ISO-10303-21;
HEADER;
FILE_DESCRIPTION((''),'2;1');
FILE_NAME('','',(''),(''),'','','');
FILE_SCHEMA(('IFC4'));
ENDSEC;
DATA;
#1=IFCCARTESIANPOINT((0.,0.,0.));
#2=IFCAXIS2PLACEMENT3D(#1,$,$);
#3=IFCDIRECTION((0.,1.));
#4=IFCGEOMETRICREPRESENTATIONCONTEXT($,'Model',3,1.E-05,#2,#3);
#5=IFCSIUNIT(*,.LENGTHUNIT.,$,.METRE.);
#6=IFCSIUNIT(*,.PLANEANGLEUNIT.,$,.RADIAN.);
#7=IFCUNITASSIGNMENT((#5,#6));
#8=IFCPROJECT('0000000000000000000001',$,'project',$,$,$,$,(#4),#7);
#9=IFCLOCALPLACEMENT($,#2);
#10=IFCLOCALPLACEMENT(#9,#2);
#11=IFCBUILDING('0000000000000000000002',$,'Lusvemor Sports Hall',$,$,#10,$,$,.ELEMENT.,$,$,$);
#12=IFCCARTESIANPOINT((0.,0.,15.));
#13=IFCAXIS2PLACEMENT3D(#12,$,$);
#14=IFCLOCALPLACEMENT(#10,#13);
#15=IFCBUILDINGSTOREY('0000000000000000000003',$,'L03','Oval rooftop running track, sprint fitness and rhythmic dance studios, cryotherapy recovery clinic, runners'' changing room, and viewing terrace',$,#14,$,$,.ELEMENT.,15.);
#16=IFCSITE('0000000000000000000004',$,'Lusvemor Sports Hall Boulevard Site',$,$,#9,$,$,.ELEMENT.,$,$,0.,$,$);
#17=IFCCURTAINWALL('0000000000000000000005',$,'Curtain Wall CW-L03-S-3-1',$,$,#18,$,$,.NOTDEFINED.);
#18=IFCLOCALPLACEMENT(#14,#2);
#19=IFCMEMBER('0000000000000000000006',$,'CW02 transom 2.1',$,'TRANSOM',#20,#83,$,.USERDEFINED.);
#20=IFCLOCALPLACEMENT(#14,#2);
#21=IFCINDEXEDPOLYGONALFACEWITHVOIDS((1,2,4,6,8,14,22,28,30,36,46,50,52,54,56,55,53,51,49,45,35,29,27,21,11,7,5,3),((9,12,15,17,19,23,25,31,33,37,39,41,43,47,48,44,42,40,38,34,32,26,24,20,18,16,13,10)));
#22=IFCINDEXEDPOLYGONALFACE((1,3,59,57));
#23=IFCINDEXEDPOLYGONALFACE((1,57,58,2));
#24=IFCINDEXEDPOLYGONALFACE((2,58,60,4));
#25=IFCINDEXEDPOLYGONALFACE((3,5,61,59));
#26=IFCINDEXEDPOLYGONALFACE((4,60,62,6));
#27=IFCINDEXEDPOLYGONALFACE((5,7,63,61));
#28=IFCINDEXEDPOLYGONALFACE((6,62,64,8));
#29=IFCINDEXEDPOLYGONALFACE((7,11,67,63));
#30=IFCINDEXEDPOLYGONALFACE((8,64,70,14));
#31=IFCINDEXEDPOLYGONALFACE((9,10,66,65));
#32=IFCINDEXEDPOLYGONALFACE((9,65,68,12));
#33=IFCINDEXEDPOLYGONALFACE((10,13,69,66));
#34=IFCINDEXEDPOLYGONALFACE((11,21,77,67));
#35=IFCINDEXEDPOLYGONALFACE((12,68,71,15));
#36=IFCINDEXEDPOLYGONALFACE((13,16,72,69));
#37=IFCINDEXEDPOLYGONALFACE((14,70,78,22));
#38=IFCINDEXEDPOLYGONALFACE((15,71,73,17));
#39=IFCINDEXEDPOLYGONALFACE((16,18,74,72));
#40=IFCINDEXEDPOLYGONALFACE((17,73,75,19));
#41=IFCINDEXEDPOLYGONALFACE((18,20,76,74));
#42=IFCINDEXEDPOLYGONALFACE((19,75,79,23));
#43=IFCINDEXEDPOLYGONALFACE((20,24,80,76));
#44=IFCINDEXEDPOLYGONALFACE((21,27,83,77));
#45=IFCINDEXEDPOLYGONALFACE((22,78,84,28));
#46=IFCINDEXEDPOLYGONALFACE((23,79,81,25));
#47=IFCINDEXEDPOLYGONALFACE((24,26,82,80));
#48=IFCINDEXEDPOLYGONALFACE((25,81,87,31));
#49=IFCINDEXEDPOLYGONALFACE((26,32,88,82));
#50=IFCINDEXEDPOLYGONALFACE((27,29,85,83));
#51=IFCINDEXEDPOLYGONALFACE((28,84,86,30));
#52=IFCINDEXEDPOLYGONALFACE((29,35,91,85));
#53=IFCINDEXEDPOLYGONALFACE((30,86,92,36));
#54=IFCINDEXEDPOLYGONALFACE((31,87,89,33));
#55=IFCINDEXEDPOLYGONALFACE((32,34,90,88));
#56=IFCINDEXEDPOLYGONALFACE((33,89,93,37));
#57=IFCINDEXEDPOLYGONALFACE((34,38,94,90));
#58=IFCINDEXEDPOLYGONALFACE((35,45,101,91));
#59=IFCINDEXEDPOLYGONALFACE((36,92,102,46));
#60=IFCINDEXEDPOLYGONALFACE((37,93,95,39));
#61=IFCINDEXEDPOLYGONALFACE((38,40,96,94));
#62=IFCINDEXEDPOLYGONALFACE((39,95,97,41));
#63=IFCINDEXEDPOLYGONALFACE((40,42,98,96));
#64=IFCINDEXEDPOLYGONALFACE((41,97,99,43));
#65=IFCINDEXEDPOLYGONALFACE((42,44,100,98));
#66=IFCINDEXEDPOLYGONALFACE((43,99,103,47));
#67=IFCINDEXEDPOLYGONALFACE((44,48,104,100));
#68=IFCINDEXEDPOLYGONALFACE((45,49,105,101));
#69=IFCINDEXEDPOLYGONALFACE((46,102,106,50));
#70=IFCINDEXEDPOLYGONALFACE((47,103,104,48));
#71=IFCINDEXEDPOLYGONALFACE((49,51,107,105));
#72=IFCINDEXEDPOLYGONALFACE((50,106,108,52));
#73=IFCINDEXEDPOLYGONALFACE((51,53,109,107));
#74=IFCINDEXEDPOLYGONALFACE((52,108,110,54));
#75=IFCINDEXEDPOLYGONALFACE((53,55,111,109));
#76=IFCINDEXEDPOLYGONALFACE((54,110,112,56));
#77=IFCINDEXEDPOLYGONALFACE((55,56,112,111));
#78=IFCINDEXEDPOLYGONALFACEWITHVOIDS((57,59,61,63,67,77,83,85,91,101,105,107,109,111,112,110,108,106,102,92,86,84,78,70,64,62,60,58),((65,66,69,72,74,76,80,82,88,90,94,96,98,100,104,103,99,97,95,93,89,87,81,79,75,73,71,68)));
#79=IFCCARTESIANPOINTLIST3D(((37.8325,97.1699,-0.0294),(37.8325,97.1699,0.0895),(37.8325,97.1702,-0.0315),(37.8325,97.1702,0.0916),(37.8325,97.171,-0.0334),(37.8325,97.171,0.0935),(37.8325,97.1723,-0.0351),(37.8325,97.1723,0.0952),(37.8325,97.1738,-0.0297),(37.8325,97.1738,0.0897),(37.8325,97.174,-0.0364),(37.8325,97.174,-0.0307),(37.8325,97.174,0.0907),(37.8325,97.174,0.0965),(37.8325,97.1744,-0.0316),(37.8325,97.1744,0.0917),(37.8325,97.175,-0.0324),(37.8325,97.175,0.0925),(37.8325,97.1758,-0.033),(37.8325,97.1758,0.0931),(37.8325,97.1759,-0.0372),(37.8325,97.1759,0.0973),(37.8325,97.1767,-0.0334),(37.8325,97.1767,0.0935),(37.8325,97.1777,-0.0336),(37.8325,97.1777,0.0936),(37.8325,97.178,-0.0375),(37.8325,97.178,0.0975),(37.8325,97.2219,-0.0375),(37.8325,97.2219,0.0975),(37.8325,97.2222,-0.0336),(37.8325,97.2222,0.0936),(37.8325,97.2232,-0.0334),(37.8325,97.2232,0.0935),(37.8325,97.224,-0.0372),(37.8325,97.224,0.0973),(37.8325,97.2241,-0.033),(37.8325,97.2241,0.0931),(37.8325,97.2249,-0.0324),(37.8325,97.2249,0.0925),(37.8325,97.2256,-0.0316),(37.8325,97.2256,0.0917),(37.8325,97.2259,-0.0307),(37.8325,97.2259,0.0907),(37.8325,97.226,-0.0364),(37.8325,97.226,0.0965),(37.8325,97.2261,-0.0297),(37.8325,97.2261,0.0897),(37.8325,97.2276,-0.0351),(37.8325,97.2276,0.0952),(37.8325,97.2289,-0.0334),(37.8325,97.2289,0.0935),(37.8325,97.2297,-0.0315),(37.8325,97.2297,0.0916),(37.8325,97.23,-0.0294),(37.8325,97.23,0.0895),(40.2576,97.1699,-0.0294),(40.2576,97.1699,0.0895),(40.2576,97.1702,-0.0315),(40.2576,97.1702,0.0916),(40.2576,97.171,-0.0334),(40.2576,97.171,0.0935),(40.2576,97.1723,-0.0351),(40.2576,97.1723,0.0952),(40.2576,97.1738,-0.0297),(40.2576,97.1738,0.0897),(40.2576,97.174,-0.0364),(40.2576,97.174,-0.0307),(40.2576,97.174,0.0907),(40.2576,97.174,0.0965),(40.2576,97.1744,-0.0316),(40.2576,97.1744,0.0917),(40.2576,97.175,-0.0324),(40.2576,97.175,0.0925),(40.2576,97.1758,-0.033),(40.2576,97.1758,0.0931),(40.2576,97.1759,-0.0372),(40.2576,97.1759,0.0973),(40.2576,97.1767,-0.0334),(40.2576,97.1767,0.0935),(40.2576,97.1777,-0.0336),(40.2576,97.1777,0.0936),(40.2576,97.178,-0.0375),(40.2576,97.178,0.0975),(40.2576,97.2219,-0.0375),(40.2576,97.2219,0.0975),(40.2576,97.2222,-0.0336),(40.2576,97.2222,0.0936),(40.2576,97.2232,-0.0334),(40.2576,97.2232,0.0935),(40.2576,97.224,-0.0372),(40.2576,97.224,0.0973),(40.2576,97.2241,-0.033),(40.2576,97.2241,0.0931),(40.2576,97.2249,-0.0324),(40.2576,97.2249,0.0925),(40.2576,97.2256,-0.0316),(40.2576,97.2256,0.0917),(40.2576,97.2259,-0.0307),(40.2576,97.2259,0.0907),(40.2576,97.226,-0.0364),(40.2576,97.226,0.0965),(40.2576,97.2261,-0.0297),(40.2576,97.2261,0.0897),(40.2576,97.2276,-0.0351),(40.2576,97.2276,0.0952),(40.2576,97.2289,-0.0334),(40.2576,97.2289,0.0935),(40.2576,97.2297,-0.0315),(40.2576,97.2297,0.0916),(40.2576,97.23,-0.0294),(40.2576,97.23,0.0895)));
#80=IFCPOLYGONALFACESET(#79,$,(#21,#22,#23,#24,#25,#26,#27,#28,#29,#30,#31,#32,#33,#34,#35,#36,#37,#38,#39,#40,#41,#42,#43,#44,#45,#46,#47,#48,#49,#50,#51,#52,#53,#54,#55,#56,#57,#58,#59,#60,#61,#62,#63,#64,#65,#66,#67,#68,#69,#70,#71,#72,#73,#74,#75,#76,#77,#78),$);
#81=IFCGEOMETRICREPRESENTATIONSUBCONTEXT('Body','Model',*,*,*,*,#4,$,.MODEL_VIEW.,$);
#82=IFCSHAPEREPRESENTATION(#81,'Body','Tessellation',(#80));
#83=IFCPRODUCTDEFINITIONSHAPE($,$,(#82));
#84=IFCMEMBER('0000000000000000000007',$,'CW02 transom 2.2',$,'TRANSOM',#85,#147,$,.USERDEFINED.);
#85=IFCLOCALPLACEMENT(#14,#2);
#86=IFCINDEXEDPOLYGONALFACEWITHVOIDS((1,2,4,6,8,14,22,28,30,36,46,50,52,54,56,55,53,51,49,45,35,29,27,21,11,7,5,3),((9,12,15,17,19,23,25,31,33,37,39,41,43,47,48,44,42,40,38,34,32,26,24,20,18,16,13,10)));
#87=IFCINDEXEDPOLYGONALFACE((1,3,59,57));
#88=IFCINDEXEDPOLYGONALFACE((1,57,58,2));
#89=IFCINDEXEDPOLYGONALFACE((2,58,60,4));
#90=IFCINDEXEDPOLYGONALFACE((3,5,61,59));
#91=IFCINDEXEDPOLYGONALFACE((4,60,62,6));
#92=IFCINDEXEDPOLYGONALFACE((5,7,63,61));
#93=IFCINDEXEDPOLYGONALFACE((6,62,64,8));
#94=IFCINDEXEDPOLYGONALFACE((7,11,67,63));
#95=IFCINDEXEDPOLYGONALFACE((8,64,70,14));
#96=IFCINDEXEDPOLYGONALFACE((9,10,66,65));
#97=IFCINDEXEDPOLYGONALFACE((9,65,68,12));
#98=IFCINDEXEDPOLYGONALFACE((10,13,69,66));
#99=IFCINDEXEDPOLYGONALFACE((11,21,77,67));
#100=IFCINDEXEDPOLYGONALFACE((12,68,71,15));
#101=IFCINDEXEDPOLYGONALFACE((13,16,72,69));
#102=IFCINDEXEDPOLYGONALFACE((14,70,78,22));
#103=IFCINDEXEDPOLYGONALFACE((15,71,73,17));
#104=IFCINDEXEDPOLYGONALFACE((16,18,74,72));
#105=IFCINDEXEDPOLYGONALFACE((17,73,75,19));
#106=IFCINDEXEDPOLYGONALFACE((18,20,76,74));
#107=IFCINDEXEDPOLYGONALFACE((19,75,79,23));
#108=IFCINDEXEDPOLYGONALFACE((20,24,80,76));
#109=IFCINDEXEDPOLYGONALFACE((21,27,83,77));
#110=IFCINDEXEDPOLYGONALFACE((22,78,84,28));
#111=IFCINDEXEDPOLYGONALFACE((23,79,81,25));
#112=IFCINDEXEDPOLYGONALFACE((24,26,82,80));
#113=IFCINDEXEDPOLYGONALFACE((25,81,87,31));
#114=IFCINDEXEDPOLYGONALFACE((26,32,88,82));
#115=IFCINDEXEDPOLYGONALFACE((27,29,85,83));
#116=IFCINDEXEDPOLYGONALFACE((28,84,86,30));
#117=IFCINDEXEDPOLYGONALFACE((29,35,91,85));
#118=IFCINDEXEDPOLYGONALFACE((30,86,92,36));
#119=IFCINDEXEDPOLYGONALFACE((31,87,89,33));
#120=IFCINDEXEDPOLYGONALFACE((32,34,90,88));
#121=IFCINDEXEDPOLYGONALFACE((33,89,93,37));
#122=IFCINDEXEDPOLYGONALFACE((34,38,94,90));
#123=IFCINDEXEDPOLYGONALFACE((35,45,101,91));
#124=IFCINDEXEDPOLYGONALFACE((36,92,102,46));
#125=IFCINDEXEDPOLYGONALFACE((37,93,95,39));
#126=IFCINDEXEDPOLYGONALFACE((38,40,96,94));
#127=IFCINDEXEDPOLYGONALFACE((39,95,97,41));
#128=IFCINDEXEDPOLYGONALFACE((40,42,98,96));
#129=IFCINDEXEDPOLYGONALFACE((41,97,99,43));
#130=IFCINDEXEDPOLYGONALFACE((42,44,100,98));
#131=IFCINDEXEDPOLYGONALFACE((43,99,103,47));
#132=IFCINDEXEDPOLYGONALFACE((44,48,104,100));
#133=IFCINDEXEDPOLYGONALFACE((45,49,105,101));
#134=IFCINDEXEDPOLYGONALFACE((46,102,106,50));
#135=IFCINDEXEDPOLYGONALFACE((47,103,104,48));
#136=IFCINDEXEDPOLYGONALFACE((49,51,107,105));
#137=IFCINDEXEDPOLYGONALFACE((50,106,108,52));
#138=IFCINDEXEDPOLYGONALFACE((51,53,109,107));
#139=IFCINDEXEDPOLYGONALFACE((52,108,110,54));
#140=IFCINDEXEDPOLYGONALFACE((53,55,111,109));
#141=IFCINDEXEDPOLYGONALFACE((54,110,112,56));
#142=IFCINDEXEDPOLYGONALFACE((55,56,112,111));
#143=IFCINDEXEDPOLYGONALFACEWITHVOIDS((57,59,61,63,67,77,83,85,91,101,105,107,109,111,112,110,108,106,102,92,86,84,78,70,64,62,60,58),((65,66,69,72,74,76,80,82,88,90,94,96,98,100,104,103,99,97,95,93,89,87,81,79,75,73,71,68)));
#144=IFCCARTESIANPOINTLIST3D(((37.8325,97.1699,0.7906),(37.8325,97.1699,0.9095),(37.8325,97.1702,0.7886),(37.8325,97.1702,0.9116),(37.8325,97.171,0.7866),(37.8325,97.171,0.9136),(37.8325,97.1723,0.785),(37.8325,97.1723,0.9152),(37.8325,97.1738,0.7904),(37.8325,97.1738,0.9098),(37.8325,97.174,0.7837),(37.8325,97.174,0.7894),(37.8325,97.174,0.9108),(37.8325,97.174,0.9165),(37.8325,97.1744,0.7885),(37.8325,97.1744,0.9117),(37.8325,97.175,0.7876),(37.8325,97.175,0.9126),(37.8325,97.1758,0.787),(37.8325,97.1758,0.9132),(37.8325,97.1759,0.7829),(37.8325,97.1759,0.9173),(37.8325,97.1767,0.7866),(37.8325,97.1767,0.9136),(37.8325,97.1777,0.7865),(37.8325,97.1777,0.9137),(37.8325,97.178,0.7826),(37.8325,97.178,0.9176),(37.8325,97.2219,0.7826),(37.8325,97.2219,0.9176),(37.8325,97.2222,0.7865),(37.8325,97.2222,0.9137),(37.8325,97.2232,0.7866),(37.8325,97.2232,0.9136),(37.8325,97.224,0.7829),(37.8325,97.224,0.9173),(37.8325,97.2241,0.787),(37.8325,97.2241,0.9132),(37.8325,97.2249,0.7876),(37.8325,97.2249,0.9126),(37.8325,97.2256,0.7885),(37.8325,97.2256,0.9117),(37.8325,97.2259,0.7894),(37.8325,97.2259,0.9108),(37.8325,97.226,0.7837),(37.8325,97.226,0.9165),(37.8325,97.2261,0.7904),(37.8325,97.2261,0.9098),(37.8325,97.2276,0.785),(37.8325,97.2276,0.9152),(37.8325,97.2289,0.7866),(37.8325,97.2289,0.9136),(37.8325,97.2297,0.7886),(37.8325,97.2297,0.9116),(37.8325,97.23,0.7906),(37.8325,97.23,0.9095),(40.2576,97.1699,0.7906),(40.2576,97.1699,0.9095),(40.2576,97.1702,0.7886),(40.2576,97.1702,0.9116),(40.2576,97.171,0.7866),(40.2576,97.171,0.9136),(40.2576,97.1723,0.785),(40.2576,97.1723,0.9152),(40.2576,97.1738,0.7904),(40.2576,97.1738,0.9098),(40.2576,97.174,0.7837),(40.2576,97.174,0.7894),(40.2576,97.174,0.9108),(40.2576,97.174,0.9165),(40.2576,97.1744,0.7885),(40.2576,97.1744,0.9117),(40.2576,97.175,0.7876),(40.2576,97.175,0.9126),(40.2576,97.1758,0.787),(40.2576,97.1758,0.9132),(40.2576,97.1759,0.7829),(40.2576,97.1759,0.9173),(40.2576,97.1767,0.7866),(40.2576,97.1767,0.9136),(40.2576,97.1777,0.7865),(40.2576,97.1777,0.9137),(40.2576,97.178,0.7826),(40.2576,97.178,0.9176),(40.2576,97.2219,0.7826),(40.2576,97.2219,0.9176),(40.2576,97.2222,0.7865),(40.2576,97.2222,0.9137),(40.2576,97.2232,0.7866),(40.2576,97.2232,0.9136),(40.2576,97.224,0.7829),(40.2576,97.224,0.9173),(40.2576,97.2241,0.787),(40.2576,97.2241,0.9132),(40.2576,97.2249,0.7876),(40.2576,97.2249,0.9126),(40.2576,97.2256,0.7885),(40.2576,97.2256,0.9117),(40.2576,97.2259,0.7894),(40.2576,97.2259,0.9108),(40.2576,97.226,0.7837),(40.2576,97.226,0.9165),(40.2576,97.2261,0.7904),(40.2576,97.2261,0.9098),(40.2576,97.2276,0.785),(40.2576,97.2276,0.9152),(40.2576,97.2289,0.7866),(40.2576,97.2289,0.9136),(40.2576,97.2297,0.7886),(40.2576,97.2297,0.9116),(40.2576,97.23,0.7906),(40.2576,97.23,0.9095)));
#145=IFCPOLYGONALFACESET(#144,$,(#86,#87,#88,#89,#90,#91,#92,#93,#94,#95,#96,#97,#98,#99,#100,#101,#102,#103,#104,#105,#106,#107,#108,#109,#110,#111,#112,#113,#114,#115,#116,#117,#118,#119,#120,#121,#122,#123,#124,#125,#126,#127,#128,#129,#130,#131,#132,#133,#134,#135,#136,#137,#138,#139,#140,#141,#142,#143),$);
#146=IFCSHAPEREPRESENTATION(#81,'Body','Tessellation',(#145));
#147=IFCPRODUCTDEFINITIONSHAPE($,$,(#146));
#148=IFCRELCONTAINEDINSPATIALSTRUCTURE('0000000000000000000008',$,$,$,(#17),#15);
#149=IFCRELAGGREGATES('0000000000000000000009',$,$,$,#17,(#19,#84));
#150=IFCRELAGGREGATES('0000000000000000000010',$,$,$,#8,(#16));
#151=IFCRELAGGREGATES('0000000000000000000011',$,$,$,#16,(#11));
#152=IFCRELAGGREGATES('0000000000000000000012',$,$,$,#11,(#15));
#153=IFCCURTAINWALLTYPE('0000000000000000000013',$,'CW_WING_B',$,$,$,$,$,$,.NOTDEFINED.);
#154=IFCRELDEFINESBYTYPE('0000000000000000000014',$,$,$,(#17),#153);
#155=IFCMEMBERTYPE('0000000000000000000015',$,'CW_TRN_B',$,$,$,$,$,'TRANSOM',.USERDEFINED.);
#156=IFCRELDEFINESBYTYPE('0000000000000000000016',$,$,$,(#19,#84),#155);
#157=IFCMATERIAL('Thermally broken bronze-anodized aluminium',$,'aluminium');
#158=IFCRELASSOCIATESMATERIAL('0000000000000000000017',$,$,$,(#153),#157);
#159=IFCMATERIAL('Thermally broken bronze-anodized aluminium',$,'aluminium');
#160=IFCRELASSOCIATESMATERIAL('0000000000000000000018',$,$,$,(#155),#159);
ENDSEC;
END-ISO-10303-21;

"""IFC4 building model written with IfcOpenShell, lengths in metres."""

from ifc_helpers import new_model, si_unit, direction, frame, origin, origin_2d, place, context, subcontext, project, spatial, hollow_rectangle, extrude, material, material_profile, profile_set, type_object, element, aggregate, save


model = new_model("IFC4")

# Units and contexts
model_context = context("Model", 3, precision=1e-05, world=origin(), true_north=direction((0.0, 1.0)))
body_context = subcontext(model_context, "Body", "Model", "MODEL_VIEW")
ifc_project = project(units=[si_unit("LENGTHUNIT", "METRE"), si_unit("PLANEANGLEUNIT", "RADIAN")], contexts=[model_context])

# Site, building, storey
site_placement = place(None, origin())
site = spatial("IfcSite", under=ifc_project, at=site_placement, Name="Lusvemor Sports Hall Boulevard Site", CompositionType="ELEMENT", RefElevation=0.0)
building_placement = place(site_placement, origin())
building = spatial("IfcBuilding", under=site, at=building_placement, Name="Lusvemor Sports Hall", CompositionType="ELEMENT")
storey_placement = place(building_placement, frame((0.0, 0.0, 15.0)))
storey = spatial("IfcBuildingStorey", under=building, at=storey_placement, Name="L03", Description="Oval rooftop running track, sprint fitness and rhythmic dance studios, cryotherapy recovery clinic, runners' changing room, and viewing terrace", CompositionType="ELEMENT", Elevation=15.0)

# Curtain wall
ifc_material_1 = material(Name="Thermally broken bronze-anodized aluminium", Category="aluminium")
curtain_wall_type = type_object("IfcCurtainWallType", Name="CW_WING_B", PredefinedType="NOTDEFINED", material=ifc_material_1)
curtain_wall_1_placement = place(storey_placement, origin())
curtain_wall_1 = element("IfcCurtainWall", 1, at=curtain_wall_1_placement, inside=storey, type_object=curtain_wall_type, Name="Curtain Wall CW-L03-S-3-1", PredefinedType="NOTDEFINED")

# Members
ifc_material_2 = material(Name="Thermally broken bronze-anodized aluminium", Category="aluminium")
ifc_material_profile_1 = material_profile(ifc_material_2, hollow_rectangle(XDim=0.0601, YDim=0.135, WallThickness=0.0039, InnerFilletRadius=0.0039, OuterFilletRadius=0.0081, at=origin_2d()), Name="CWTRN135x60x4")
ifc_profile_set_1 = profile_set([ifc_material_profile_1], Name="Thermally broken bronze-anodized aluminium")
member_type_1 = type_object("IfcMemberType", Name="CW_TRN_B", ElementType="TRANSOM", PredefinedType="USERDEFINED", material=ifc_profile_set_1)
member_1_placement = place(storey_placement, frame((40.2576, 97.2, 0.03), z_axis=(-1.0, 0.0, 0.0), x_axis=(0.0, -1.0, 0.0)))
member_1 = element("IfcMember", 2, at=member_1_placement, type_object=member_type_1, Name="CW02 transom 2.1", ObjectType="TRANSOM", PredefinedType="USERDEFINED", context=body_context, shape_type="SweptSolid", body=[
    extrude(hollow_rectangle(XDim=0.0601, YDim=0.135, WallThickness=0.0039, InnerFilletRadius=0.0039, OuterFilletRadius=0.0081, at=origin_2d()), origin(), (0.0, 0.0, 1.0), 2.425),
])
member_2_placement = place(storey_placement, frame((40.2576, 97.2, 0.8501), z_axis=(-1.0, 0.0, 0.0), x_axis=(0.0, -1.0, 0.0)))
member_2 = element("IfcMember", 3, at=member_2_placement, type_object=member_type_1, Name="CW02 transom 2.2", ObjectType="TRANSOM", PredefinedType="USERDEFINED", context=body_context, shape_type="SweptSolid", body=[
    extrude(hollow_rectangle(XDim=0.0601, YDim=0.135, WallThickness=0.0039, InnerFilletRadius=0.0039, OuterFilletRadius=0.0081, at=origin_2d()), origin(), (0.0, 0.0, 1.0), 2.425),
])

aggregate(curtain_wall_1, [member_1, member_2])

save(model, "model.ifc")
